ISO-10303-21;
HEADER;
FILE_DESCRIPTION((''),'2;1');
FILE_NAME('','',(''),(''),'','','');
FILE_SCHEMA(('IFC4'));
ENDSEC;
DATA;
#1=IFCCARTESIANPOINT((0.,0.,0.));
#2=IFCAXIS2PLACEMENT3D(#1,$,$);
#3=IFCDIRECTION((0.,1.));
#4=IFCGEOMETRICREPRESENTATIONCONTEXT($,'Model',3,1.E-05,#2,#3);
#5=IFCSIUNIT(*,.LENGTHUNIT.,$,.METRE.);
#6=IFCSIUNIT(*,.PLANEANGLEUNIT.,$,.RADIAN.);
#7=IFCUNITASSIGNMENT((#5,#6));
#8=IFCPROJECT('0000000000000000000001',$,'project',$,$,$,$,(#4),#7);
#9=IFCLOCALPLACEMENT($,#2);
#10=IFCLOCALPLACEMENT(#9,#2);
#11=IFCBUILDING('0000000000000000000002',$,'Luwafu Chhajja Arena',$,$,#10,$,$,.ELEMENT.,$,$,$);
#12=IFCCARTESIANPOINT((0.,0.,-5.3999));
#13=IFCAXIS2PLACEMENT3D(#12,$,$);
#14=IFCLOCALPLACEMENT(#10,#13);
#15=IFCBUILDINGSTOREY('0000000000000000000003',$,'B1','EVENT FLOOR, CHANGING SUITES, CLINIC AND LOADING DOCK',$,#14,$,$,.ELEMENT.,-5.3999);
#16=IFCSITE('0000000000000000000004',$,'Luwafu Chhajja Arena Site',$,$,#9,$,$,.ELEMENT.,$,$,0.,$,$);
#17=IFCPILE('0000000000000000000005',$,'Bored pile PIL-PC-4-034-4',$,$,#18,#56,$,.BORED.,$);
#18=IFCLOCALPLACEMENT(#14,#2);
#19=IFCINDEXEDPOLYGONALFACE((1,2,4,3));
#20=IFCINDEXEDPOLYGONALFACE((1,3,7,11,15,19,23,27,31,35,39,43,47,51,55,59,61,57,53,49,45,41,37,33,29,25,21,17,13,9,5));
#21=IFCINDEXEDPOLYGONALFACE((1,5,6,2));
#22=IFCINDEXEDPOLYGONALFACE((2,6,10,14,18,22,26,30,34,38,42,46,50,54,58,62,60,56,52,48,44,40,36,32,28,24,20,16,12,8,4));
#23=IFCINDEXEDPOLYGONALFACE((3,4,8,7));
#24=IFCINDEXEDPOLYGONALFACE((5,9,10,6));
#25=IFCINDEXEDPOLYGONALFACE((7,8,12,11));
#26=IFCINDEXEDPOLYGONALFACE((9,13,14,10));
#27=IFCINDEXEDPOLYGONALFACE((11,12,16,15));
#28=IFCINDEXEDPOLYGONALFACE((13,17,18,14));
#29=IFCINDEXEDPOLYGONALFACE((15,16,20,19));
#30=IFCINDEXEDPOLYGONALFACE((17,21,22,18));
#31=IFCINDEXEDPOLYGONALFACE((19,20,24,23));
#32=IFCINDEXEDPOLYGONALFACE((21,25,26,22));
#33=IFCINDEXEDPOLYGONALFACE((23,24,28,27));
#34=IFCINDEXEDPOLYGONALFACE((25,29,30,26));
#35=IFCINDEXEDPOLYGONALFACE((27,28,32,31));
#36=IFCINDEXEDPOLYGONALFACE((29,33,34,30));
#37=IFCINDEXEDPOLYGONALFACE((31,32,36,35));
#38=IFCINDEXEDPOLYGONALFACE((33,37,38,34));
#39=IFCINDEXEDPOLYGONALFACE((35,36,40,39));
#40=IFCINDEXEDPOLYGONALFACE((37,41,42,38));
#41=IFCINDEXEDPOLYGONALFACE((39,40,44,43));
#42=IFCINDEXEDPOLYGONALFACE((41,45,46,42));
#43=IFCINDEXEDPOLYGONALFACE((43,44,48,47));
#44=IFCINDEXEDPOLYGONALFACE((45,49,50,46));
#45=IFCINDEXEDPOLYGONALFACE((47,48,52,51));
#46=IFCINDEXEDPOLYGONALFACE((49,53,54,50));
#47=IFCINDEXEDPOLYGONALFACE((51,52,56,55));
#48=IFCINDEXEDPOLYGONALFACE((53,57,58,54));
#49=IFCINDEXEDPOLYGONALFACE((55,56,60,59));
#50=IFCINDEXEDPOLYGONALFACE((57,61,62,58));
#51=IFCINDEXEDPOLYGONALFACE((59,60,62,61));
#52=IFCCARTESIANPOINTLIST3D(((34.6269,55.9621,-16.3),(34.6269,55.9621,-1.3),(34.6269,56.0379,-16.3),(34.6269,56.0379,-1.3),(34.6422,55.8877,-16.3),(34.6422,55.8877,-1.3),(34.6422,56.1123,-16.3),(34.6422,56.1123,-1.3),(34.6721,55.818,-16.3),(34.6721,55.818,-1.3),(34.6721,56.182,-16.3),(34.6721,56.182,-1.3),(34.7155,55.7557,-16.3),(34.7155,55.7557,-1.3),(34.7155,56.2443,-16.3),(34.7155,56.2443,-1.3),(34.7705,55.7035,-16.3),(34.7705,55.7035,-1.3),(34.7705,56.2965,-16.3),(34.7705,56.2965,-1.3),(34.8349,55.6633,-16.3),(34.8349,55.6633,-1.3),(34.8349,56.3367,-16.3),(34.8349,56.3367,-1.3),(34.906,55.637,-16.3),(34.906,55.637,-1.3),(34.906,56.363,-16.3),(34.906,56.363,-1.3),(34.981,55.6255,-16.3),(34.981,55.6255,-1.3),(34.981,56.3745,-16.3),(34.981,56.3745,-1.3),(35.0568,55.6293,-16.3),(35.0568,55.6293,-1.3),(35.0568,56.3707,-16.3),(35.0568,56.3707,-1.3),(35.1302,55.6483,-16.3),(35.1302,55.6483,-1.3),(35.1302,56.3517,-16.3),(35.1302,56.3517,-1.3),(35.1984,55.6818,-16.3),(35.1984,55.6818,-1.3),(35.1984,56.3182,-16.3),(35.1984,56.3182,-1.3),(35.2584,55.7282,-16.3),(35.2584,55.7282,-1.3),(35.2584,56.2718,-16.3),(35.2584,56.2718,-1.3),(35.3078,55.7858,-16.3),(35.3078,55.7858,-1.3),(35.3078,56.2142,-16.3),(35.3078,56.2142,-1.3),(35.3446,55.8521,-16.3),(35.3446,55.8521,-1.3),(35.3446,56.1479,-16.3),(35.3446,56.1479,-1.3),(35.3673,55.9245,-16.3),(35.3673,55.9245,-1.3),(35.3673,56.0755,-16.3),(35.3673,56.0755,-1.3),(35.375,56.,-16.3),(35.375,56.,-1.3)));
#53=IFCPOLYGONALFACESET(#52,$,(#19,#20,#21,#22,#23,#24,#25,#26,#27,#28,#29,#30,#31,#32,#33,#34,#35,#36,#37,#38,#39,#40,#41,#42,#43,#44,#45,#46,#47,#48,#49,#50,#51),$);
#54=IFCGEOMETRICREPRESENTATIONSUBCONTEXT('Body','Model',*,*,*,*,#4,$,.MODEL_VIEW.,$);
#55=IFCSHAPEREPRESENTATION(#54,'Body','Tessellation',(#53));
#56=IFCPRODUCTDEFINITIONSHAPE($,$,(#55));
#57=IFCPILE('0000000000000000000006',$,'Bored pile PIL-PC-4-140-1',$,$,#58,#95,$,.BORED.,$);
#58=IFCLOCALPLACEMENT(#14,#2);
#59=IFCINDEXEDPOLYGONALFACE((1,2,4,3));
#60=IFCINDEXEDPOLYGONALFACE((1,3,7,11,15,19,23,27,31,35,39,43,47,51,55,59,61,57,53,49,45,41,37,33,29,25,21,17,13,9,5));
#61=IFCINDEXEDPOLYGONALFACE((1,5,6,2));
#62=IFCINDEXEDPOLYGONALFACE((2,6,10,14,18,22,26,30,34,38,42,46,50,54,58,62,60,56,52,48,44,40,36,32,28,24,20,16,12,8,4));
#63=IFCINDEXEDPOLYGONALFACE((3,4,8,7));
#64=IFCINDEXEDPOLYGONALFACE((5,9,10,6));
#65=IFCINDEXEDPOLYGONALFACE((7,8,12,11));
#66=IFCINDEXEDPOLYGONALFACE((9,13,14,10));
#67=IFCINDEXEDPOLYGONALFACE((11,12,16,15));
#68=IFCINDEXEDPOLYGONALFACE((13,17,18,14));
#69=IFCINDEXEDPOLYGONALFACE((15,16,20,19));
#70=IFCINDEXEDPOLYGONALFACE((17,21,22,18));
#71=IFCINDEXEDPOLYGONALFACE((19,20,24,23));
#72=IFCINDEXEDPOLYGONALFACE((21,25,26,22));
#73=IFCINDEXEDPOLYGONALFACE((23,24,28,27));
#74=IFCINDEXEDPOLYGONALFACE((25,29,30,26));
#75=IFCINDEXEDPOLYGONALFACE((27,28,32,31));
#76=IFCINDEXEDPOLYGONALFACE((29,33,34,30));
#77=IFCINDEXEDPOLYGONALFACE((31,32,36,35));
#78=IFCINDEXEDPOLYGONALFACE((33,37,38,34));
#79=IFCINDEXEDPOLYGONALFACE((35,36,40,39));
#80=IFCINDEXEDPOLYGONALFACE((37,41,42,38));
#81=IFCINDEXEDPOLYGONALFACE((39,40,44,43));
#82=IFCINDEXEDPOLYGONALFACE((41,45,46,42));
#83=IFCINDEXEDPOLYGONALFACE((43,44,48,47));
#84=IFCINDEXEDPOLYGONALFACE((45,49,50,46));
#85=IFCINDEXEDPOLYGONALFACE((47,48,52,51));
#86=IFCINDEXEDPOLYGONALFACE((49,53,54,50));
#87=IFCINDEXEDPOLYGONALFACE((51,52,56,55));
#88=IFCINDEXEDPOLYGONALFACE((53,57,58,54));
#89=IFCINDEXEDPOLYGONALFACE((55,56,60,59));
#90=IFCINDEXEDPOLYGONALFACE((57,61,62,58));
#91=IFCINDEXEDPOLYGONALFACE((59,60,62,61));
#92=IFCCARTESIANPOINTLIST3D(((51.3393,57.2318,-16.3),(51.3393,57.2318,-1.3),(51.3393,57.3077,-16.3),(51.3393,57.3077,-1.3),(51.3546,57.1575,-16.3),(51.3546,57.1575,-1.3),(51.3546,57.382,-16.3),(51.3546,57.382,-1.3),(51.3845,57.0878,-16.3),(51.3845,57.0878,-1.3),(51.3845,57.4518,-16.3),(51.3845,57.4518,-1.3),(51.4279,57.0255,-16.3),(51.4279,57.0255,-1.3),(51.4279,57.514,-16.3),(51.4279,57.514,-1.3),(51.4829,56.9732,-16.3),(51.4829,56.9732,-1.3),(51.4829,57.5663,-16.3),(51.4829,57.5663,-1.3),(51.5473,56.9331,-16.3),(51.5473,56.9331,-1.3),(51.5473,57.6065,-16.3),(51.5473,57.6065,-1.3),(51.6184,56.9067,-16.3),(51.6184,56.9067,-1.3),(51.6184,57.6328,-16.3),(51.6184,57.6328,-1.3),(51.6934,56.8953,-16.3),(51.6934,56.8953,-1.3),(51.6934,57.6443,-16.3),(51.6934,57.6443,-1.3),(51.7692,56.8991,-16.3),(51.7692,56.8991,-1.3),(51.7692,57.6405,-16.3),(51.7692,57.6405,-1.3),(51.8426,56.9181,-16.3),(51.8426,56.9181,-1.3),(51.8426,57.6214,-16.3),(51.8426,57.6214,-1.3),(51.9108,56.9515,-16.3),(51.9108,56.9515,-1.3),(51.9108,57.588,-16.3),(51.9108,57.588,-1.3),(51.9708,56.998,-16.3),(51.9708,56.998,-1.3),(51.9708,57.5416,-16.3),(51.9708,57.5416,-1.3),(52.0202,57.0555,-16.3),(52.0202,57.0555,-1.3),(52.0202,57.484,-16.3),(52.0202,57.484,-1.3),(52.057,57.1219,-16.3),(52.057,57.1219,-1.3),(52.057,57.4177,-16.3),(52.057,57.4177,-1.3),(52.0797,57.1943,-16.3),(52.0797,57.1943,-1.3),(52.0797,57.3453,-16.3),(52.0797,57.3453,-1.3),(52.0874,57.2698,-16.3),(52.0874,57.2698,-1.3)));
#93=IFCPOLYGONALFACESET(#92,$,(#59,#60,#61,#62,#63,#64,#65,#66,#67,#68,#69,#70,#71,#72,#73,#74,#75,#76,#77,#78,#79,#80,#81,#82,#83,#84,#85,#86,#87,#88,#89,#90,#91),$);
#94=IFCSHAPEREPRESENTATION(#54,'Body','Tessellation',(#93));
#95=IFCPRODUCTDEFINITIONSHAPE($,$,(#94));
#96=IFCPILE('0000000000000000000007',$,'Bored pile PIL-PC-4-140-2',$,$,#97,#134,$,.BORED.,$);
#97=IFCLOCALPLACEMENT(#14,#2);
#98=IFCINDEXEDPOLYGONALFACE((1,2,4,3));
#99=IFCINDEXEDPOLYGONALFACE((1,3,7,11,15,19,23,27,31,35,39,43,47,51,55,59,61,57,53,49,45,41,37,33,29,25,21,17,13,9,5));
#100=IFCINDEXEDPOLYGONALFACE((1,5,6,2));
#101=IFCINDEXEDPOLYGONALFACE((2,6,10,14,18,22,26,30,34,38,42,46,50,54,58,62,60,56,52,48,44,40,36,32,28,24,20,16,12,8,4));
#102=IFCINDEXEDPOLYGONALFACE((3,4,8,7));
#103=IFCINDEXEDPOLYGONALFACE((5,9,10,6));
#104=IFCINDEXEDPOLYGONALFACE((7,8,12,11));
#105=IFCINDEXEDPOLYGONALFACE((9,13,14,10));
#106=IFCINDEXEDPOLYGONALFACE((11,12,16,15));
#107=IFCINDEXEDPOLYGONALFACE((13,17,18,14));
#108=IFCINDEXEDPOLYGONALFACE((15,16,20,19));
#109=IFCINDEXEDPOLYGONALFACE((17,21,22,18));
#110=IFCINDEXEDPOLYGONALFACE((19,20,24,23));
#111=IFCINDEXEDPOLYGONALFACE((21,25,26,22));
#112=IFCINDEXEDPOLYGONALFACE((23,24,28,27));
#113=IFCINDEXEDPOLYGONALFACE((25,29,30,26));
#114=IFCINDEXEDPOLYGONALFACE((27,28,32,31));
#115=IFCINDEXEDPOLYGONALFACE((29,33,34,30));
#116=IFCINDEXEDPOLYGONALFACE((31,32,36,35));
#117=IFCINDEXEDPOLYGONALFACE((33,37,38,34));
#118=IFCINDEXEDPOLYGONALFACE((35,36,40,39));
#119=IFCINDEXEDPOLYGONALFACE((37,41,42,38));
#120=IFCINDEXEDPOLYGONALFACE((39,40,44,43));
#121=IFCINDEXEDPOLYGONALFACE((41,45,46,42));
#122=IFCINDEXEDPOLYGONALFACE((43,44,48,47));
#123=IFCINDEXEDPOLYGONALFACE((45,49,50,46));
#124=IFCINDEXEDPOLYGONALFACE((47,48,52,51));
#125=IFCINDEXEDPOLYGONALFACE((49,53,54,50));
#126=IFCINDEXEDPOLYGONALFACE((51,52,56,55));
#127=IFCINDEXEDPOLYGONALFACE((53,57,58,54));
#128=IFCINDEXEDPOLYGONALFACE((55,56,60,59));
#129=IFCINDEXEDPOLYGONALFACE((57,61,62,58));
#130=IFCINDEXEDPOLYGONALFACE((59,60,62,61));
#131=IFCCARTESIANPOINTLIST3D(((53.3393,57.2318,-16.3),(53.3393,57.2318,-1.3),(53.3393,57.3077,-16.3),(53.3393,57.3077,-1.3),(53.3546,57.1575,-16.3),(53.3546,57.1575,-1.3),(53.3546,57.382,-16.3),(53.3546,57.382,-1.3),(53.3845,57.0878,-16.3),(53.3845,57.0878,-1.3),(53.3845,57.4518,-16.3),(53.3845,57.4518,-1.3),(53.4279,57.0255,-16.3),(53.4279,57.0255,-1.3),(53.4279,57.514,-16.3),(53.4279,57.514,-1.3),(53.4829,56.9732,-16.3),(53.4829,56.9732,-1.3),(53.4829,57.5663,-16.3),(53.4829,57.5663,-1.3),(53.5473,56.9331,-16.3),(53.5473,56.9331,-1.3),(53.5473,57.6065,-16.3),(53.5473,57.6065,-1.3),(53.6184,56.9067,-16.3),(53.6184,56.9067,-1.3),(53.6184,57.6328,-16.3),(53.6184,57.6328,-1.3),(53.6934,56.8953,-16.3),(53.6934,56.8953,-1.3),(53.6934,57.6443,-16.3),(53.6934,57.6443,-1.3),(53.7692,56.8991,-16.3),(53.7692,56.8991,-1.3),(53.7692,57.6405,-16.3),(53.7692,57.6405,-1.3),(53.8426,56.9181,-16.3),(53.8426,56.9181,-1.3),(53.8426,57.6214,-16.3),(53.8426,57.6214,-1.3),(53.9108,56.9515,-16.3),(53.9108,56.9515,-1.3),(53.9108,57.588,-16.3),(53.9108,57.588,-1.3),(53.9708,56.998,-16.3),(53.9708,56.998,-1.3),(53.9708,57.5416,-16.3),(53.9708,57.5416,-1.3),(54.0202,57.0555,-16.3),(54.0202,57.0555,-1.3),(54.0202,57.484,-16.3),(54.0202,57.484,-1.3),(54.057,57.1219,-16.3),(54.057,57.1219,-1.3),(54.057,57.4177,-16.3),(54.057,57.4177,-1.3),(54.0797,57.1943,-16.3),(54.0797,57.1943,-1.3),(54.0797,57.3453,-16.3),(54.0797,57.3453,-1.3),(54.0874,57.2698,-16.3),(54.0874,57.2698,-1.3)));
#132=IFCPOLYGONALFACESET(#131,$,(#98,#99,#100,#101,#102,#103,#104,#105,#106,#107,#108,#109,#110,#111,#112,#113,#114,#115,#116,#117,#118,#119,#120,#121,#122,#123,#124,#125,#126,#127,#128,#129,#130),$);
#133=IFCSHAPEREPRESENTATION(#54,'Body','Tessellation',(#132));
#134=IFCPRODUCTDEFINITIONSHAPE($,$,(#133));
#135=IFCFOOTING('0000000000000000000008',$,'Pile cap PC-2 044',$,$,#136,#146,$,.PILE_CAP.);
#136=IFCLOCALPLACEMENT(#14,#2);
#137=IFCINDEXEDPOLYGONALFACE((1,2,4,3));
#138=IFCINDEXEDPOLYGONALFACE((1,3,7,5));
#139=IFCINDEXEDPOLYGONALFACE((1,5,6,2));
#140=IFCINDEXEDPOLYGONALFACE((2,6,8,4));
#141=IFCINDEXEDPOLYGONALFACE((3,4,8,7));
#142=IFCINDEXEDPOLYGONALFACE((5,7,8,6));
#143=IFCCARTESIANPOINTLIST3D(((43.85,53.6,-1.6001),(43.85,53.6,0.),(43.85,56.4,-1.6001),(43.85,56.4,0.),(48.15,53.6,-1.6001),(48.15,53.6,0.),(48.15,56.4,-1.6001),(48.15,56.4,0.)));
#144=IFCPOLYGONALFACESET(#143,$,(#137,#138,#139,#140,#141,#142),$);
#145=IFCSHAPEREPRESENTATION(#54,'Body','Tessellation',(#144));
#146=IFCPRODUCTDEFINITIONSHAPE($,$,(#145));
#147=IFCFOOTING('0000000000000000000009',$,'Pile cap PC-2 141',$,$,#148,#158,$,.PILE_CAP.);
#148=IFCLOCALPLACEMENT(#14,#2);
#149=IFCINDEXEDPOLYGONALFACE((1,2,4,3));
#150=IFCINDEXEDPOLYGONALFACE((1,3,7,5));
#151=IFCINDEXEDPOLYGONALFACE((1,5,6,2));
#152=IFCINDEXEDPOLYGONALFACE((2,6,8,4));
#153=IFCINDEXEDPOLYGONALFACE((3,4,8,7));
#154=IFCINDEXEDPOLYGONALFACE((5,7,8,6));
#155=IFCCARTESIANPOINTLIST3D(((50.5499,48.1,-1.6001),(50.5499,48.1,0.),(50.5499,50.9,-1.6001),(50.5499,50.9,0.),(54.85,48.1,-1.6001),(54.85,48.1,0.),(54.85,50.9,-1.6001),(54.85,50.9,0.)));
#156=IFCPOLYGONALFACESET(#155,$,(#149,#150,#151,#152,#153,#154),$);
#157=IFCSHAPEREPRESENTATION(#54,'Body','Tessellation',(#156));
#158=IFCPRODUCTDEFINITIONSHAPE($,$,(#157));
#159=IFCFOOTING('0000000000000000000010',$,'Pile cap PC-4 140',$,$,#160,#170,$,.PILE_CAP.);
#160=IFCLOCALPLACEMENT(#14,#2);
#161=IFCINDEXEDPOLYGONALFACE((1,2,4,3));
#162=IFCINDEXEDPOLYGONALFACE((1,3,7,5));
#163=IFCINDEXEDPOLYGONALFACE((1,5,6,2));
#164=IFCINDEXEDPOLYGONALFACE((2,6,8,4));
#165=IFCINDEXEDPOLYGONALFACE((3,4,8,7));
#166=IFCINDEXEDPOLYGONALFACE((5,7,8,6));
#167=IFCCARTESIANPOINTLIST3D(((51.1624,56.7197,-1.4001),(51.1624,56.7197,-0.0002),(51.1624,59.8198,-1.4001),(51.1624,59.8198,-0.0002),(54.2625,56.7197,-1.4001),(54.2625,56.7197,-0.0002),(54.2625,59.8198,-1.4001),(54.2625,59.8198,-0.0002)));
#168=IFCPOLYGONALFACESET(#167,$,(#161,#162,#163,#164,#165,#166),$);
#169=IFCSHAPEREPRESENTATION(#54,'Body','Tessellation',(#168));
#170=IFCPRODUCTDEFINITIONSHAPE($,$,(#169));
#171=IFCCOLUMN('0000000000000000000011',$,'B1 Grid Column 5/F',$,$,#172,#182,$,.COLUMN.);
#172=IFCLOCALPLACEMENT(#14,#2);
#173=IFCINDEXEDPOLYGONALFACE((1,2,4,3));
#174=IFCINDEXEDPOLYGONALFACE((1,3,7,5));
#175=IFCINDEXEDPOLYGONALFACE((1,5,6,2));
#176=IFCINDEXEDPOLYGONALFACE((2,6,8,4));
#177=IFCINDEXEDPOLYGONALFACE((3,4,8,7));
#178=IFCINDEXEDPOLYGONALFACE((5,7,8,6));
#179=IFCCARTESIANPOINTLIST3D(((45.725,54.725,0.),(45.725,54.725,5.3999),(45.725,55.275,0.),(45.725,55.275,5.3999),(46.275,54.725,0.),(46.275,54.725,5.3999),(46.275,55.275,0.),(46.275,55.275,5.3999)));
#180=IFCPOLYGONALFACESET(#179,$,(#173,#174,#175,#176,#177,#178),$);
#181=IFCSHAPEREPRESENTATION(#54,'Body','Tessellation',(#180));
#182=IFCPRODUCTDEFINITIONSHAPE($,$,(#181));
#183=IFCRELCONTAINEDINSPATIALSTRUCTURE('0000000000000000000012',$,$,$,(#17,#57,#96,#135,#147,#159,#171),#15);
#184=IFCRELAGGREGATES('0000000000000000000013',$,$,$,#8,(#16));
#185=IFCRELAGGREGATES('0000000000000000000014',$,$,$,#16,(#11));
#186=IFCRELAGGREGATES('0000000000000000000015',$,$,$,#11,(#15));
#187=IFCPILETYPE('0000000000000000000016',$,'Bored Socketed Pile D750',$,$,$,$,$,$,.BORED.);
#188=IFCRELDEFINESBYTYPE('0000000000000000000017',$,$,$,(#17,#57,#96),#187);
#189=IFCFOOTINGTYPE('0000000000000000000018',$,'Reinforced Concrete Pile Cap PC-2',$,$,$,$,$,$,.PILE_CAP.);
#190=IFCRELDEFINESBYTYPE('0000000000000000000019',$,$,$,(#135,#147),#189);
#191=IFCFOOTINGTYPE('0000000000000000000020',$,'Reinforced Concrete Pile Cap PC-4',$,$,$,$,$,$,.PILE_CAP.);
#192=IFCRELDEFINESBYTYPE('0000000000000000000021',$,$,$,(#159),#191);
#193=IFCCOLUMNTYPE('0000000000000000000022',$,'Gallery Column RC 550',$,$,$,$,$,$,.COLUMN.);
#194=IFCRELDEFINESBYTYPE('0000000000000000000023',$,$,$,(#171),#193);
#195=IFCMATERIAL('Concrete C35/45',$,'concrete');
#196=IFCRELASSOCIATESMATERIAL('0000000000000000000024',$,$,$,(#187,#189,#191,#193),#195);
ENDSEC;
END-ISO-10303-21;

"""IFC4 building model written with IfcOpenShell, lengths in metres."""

from ifc_helpers import new_model, si_unit, direction, frame, origin, origin_2d, place, context, subcontext, project, spatial, rectangle, circle, extrude, material, material_profile, profile_set, type_object, element, save


model = new_model("IFC4")

# Units and contexts
model_context = context("Model", 3, precision=1e-05, world=origin(), true_north=direction((0.0, 1.0)))
body_context = subcontext(model_context, "Body", "Model", "MODEL_VIEW")
ifc_project = project(units=[si_unit("LENGTHUNIT", "METRE"), si_unit("PLANEANGLEUNIT", "RADIAN")], contexts=[model_context])

# Site, building, storey
site_placement = place(None, origin())
site = spatial("IfcSite", under=ifc_project, at=site_placement, Name="Luwafu Chhajja Arena Site", CompositionType="ELEMENT", RefElevation=0.0)
building_placement = place(site_placement, origin())
building = spatial("IfcBuilding", under=site, at=building_placement, Name="Luwafu Chhajja Arena", CompositionType="ELEMENT")
storey_placement = place(building_placement, frame((0.0, 0.0, -5.3999)))
storey = spatial("IfcBuildingStorey", under=building, at=storey_placement, Name="B1", Description="EVENT FLOOR, CHANGING SUITES, CLINIC AND LOADING DOCK", CompositionType="ELEMENT", Elevation=-5.3999)

# Shared definitions
ifc_material_1 = material(Name="Concrete C35/45", Category="concrete")

# Piles
ifc_material_profile_1 = material_profile(ifc_material_1, circle(Radius=0.375, at=origin_2d()), Name="PILE D750")
ifc_profile_set_1 = profile_set([ifc_material_profile_1], Name="Concrete C35/45")
pile_type_1 = type_object("IfcPileType", Name="Bored Socketed Pile D750", PredefinedType="BORED", material=ifc_profile_set_1)
for number, where, z_axis, x_axis, name in (
    (1, (35.0, 56.0, -1.3), (0.0, 0.0, -1.0), (1.0, 0.0, 0.0), "Bored pile PIL-PC-4-034-4"),
    (2, (51.7124, 57.2698, -1.3), (0.0, 0.0, -1.0), (1.0, 0.0, 0.0), "Bored pile PIL-PC-4-140-1"),
    (3, (53.7124, 57.2698, -1.3), (0.0, 0.0, -1.0), (1.0, 0.0, 0.0), "Bored pile PIL-PC-4-140-2"),
):
    element("IfcPile", number, at=place(storey_placement, frame(where, z_axis=z_axis, x_axis=x_axis)), inside=storey, type_object=pile_type_1, Name=name, PredefinedType="BORED", context=body_context, shape_type="SweptSolid", body=[
        extrude(circle(Radius=0.375, at=origin_2d()), origin(), (0.0, 0.0, 1.0), 15.0),
    ])

# Footings
footing_type_1 = type_object("IfcFootingType", Name="Reinforced Concrete Pile Cap PC-2", PredefinedType="PILE_CAP", material=ifc_material_1)
for number, where, z_axis, x_axis, name in (
    (4, (46.0, 55.0, -1.6001), (0.0, 0.0, 1.0), (1.0, 0.0, 0.0), "Pile cap PC-2 044"),
    (5, (52.7, 49.5, -1.6001), (0.0, 0.0, 1.0), (1.0, 0.0, 0.0), "Pile cap PC-2 141"),
):
    element("IfcFooting", number, at=place(storey_placement, frame(where, z_axis=z_axis, x_axis=x_axis)), inside=storey, type_object=footing_type_1, Name=name, PredefinedType="PILE_CAP", context=body_context, shape_type="SweptSolid", body=[
        extrude(rectangle(XDim=4.3, YDim=2.8, at=origin_2d()), origin(), (0.0, 0.0, 1.0), 1.6001),
    ])
footing_type_2 = type_object("IfcFootingType", Name="Reinforced Concrete Pile Cap PC-4", PredefinedType="PILE_CAP", material=ifc_material_1)
footing_1_placement = place(storey_placement, frame((52.7124, 58.2698, -1.4001), z_axis=(0.0, 0.0, 1.0), x_axis=(1.0, 0.0, 0.0)))
element("IfcFooting", 6, at=footing_1_placement, inside=storey, type_object=footing_type_2, Name="Pile cap PC-4 140", PredefinedType="PILE_CAP", context=body_context, shape_type="SweptSolid", body=[
    extrude(rectangle(XDim=3.1001, YDim=3.1001, at=origin_2d()), origin(), (0.0, 0.0, 1.0), 1.3999),
])

# Column
ifc_material_profile_2 = material_profile(ifc_material_1, rectangle(XDim=0.55, YDim=0.55, at=origin_2d()), Name="RC 550x550")
ifc_profile_set_2 = profile_set([ifc_material_profile_2], Name="Concrete C35/45")
column_type_1 = type_object("IfcColumnType", Name="Gallery Column RC 550", PredefinedType="COLUMN", material=ifc_profile_set_2)
column_placement = place(storey_placement, frame((46.0, 55.0, 0.0), z_axis=(0.0, 0.0, 1.0), x_axis=(1.0, 0.0, 0.0)))
element("IfcColumn", 7, at=column_placement, inside=storey, type_object=column_type_1, Name="B1 Grid Column 5/F", PredefinedType="COLUMN", context=body_context, shape_type="SweptSolid", body=[
    extrude(rectangle(XDim=0.55, YDim=0.55, at=origin_2d()), origin(), (0.0, 0.0, 1.0), 5.3999),
])

save(model, "model.ifc")
